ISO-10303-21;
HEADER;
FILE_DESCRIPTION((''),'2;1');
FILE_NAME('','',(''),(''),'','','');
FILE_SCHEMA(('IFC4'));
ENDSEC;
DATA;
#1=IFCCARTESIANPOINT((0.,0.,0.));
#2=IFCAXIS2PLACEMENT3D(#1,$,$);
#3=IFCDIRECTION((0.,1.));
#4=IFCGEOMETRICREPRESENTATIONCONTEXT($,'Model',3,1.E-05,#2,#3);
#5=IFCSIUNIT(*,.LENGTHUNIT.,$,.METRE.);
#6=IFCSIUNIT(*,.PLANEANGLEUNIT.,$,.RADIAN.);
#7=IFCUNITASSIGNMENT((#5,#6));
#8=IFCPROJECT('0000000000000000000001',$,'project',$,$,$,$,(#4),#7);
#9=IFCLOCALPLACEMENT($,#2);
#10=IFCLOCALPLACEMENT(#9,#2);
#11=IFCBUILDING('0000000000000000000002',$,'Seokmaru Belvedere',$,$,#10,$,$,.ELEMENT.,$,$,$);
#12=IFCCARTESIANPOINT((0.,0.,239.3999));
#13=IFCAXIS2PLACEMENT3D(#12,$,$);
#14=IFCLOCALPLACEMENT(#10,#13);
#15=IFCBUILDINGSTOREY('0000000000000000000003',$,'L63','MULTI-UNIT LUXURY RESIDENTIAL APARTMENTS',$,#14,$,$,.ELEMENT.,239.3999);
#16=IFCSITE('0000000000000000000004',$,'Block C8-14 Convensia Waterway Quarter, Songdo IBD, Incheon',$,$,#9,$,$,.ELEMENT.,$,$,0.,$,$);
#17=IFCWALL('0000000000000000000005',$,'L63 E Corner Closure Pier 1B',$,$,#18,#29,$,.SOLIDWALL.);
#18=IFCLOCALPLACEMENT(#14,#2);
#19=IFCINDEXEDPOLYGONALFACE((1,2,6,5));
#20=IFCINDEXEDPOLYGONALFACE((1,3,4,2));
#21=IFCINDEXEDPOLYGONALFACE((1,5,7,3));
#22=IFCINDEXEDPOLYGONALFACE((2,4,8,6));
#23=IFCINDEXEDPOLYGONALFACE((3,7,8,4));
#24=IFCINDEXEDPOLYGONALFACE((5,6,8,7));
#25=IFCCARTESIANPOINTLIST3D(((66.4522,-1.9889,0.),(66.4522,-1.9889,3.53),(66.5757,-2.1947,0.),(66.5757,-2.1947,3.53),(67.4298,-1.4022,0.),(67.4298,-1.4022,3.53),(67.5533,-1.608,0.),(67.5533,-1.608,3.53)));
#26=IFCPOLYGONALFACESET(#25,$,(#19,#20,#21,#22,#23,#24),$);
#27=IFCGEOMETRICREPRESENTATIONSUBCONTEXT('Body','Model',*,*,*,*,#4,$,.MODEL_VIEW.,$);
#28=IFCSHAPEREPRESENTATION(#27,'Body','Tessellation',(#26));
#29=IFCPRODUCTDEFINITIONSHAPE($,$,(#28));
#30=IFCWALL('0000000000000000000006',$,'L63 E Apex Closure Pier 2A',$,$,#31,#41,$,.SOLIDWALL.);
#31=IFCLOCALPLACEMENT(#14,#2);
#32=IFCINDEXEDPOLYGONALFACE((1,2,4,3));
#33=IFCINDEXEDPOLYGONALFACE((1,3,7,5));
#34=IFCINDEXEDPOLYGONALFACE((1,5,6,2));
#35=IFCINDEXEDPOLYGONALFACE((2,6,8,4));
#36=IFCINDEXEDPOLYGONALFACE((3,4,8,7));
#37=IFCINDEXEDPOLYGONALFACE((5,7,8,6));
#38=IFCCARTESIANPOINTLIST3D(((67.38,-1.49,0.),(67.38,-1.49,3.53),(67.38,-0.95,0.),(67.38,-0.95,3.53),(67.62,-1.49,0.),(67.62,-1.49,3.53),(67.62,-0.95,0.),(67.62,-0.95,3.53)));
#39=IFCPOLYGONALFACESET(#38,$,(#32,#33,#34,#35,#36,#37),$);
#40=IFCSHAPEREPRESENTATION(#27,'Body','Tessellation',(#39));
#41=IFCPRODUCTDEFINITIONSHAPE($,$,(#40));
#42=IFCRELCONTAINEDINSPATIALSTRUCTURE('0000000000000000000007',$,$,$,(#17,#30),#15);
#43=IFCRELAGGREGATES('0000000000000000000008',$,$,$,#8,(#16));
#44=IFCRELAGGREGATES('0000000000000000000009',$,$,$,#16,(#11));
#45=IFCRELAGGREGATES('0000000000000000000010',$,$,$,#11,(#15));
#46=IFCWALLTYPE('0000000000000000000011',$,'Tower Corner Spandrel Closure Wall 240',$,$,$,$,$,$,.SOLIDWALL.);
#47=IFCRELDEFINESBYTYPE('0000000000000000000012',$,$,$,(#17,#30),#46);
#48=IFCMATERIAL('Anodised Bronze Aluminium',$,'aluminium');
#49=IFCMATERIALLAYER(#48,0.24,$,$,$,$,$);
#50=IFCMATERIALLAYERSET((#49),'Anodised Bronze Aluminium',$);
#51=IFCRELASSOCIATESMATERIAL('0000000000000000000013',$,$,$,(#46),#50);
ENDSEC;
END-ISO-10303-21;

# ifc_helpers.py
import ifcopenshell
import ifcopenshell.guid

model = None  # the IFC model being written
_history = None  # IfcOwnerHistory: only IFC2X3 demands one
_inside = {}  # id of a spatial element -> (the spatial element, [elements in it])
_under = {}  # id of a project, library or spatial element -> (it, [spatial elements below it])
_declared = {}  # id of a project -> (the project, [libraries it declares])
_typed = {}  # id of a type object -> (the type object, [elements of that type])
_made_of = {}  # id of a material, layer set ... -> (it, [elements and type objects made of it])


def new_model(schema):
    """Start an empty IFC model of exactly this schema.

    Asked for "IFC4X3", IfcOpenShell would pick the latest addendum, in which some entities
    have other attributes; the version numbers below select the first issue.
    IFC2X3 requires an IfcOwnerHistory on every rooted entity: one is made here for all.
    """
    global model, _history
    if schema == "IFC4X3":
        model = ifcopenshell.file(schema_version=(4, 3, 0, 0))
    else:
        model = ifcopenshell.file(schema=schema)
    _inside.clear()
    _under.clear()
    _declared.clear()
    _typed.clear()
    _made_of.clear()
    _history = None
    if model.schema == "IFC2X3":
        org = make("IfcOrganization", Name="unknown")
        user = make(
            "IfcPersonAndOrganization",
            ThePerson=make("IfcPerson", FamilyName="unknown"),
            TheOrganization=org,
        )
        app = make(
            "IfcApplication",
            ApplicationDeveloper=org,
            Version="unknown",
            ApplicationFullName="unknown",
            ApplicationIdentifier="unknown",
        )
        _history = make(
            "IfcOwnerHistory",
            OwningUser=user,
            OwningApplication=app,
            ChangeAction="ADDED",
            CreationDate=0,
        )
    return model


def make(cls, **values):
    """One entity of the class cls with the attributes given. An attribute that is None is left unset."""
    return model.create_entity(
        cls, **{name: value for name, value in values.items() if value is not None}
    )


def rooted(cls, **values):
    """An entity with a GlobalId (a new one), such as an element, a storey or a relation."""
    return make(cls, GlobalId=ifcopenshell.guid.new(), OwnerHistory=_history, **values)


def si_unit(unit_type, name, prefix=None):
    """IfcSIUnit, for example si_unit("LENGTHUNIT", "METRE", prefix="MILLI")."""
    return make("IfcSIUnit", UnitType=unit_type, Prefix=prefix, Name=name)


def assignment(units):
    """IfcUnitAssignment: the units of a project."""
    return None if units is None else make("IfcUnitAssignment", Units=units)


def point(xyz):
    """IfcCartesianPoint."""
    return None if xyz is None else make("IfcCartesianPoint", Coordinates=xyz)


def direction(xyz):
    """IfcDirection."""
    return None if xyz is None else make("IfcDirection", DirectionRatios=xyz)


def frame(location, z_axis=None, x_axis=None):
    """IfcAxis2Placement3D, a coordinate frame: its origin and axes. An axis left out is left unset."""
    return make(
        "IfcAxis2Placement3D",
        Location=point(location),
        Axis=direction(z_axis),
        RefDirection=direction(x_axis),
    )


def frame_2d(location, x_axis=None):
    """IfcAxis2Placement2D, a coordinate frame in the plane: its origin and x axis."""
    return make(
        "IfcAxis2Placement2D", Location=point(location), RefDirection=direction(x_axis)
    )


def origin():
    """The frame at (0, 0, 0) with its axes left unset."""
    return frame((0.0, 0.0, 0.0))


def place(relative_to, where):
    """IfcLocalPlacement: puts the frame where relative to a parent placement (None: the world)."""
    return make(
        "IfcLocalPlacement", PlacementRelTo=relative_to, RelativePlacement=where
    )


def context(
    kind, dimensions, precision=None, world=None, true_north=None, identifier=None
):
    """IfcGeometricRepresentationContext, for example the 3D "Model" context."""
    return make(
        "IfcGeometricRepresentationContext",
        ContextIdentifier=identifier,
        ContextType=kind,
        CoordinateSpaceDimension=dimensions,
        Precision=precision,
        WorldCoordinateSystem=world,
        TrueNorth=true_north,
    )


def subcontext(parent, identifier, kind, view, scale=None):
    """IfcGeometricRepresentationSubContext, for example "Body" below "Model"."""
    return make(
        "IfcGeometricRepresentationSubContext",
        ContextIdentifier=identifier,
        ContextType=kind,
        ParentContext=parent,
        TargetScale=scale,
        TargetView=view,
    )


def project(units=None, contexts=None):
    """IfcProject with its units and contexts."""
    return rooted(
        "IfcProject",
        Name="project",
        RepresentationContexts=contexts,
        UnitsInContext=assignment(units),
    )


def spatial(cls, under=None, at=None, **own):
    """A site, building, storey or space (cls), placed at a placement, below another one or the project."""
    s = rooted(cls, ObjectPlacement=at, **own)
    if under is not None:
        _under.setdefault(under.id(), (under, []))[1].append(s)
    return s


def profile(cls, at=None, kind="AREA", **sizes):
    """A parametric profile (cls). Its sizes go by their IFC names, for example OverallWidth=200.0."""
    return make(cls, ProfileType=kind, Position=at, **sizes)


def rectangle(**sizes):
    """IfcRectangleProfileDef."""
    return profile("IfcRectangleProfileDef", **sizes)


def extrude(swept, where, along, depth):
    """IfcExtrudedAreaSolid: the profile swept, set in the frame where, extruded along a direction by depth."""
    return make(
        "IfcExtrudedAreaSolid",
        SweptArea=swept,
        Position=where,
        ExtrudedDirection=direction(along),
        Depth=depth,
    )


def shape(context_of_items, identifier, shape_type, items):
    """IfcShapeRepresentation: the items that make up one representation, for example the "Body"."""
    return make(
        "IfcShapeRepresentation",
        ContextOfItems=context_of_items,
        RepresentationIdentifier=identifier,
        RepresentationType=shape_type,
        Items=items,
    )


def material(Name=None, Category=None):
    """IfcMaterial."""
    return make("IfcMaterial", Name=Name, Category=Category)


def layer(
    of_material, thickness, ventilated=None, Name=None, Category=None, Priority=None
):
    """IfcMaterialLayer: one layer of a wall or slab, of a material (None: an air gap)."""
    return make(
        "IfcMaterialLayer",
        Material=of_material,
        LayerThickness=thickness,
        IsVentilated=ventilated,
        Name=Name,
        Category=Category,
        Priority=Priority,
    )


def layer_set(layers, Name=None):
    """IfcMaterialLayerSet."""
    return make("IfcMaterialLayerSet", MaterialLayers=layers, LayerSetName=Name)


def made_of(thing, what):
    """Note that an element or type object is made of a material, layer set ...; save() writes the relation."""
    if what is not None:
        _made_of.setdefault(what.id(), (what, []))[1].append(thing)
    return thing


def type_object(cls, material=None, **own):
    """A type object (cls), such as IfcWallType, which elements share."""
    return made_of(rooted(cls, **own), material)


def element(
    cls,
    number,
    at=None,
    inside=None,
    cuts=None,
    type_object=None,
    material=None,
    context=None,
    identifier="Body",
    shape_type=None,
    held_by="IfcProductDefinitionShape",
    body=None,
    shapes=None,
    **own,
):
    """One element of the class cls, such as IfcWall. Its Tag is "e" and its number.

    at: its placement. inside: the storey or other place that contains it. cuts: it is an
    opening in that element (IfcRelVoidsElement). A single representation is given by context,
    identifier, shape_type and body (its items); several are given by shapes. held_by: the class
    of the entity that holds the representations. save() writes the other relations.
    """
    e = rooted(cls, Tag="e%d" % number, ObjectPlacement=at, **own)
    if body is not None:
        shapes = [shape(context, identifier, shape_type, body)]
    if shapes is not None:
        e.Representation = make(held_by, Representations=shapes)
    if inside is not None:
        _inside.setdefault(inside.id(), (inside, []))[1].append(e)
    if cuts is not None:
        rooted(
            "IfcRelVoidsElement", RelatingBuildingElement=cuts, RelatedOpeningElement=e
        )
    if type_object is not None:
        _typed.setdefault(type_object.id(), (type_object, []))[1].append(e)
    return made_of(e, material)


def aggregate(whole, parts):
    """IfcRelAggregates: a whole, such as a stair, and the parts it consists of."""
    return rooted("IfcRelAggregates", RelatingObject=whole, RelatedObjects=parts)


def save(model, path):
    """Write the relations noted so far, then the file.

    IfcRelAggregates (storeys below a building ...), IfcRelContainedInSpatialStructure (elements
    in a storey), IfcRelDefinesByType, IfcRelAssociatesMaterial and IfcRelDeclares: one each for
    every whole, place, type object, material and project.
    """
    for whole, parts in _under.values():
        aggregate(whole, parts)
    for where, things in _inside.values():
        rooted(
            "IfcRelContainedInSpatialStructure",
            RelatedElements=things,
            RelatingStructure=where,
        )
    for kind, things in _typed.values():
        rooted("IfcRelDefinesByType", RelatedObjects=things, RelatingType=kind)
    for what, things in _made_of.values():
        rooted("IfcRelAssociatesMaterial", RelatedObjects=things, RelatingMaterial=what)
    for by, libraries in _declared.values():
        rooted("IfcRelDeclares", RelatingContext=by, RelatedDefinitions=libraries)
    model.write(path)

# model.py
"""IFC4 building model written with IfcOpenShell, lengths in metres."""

from ifc_helpers import new_model, si_unit, direction, frame, frame_2d, origin, place, context, subcontext, project, spatial, rectangle, extrude, material, layer, layer_set, type_object, element, save


model = new_model("IFC4")

# Units and contexts
model_context = context("Model", 3, precision=1e-05, world=origin(), true_north=direction((0.0, 1.0)))
body_context = subcontext(model_context, "Body", "Model", "MODEL_VIEW")
ifc_project = project(units=[si_unit("LENGTHUNIT", "METRE"), si_unit("PLANEANGLEUNIT", "RADIAN")], contexts=[model_context])

# Site, building, storey
site_placement = place(None, origin())
site = spatial("IfcSite", under=ifc_project, at=site_placement, Name="Block C8-14 Convensia Waterway Quarter, Songdo IBD, Incheon", CompositionType="ELEMENT", RefElevation=0.0)
building_placement = place(site_placement, origin())
building = spatial("IfcBuilding", under=site, at=building_placement, Name="Seokmaru Belvedere", CompositionType="ELEMENT")
storey_placement = place(building_placement, frame((0.0, 0.0, 239.3999)))
storey = spatial("IfcBuildingStorey", under=building, at=storey_placement, Name="L63", Description="MULTI-UNIT LUXURY RESIDENTIAL APARTMENTS", CompositionType="ELEMENT", Elevation=239.3999)

# Shared definitions
ifc_material_1 = material(Name="Anodised Bronze Aluminium", Category="aluminium")

# Walls
ifc_layer_1 = layer(ifc_material_1, 0.24)
ifc_layer_set_1 = layer_set([ifc_layer_1], Name="Anodised Bronze Aluminium")
wall_type_1 = type_object("IfcWallType", Name="Tower Corner Spandrel Closure Wall 240", PredefinedType="SOLIDWALL", material=ifc_layer_set_1)
wall_1_placement = place(storey_placement, frame((66.5139, -2.0918, 0.0), z_axis=(0.0, 0.0, 1.0), x_axis=(0.857436, 0.51459, 0.0)))
element("IfcWall", 1, at=wall_1_placement, inside=storey, type_object=wall_type_1, Name="L63 E Corner Closure Pier 1B", PredefinedType="SOLIDWALL", context=body_context, shape_type="SweptSolid", body=[
    extrude(rectangle(XDim=1.1401, YDim=0.24, at=frame_2d((0.5701, 0.0))), origin(), (0.0, 0.0, 1.0), 3.53),
])
wall_2_placement = place(storey_placement, frame((67.5, -1.49, 0.0), z_axis=(0.0, 0.0, 1.0), x_axis=(0.0, 1.0, 0.0)))
element("IfcWall", 2, at=wall_2_placement, inside=storey, type_object=wall_type_1, Name="L63 E Apex Closure Pier 2A", PredefinedType="SOLIDWALL", context=body_context, shape_type="SweptSolid", body=[
    extrude(rectangle(XDim=0.54, YDim=0.24, at=frame_2d((0.27, 0.0))), origin(), (0.0, 0.0, 1.0), 3.53),
])

save(model, "model.ifc")
